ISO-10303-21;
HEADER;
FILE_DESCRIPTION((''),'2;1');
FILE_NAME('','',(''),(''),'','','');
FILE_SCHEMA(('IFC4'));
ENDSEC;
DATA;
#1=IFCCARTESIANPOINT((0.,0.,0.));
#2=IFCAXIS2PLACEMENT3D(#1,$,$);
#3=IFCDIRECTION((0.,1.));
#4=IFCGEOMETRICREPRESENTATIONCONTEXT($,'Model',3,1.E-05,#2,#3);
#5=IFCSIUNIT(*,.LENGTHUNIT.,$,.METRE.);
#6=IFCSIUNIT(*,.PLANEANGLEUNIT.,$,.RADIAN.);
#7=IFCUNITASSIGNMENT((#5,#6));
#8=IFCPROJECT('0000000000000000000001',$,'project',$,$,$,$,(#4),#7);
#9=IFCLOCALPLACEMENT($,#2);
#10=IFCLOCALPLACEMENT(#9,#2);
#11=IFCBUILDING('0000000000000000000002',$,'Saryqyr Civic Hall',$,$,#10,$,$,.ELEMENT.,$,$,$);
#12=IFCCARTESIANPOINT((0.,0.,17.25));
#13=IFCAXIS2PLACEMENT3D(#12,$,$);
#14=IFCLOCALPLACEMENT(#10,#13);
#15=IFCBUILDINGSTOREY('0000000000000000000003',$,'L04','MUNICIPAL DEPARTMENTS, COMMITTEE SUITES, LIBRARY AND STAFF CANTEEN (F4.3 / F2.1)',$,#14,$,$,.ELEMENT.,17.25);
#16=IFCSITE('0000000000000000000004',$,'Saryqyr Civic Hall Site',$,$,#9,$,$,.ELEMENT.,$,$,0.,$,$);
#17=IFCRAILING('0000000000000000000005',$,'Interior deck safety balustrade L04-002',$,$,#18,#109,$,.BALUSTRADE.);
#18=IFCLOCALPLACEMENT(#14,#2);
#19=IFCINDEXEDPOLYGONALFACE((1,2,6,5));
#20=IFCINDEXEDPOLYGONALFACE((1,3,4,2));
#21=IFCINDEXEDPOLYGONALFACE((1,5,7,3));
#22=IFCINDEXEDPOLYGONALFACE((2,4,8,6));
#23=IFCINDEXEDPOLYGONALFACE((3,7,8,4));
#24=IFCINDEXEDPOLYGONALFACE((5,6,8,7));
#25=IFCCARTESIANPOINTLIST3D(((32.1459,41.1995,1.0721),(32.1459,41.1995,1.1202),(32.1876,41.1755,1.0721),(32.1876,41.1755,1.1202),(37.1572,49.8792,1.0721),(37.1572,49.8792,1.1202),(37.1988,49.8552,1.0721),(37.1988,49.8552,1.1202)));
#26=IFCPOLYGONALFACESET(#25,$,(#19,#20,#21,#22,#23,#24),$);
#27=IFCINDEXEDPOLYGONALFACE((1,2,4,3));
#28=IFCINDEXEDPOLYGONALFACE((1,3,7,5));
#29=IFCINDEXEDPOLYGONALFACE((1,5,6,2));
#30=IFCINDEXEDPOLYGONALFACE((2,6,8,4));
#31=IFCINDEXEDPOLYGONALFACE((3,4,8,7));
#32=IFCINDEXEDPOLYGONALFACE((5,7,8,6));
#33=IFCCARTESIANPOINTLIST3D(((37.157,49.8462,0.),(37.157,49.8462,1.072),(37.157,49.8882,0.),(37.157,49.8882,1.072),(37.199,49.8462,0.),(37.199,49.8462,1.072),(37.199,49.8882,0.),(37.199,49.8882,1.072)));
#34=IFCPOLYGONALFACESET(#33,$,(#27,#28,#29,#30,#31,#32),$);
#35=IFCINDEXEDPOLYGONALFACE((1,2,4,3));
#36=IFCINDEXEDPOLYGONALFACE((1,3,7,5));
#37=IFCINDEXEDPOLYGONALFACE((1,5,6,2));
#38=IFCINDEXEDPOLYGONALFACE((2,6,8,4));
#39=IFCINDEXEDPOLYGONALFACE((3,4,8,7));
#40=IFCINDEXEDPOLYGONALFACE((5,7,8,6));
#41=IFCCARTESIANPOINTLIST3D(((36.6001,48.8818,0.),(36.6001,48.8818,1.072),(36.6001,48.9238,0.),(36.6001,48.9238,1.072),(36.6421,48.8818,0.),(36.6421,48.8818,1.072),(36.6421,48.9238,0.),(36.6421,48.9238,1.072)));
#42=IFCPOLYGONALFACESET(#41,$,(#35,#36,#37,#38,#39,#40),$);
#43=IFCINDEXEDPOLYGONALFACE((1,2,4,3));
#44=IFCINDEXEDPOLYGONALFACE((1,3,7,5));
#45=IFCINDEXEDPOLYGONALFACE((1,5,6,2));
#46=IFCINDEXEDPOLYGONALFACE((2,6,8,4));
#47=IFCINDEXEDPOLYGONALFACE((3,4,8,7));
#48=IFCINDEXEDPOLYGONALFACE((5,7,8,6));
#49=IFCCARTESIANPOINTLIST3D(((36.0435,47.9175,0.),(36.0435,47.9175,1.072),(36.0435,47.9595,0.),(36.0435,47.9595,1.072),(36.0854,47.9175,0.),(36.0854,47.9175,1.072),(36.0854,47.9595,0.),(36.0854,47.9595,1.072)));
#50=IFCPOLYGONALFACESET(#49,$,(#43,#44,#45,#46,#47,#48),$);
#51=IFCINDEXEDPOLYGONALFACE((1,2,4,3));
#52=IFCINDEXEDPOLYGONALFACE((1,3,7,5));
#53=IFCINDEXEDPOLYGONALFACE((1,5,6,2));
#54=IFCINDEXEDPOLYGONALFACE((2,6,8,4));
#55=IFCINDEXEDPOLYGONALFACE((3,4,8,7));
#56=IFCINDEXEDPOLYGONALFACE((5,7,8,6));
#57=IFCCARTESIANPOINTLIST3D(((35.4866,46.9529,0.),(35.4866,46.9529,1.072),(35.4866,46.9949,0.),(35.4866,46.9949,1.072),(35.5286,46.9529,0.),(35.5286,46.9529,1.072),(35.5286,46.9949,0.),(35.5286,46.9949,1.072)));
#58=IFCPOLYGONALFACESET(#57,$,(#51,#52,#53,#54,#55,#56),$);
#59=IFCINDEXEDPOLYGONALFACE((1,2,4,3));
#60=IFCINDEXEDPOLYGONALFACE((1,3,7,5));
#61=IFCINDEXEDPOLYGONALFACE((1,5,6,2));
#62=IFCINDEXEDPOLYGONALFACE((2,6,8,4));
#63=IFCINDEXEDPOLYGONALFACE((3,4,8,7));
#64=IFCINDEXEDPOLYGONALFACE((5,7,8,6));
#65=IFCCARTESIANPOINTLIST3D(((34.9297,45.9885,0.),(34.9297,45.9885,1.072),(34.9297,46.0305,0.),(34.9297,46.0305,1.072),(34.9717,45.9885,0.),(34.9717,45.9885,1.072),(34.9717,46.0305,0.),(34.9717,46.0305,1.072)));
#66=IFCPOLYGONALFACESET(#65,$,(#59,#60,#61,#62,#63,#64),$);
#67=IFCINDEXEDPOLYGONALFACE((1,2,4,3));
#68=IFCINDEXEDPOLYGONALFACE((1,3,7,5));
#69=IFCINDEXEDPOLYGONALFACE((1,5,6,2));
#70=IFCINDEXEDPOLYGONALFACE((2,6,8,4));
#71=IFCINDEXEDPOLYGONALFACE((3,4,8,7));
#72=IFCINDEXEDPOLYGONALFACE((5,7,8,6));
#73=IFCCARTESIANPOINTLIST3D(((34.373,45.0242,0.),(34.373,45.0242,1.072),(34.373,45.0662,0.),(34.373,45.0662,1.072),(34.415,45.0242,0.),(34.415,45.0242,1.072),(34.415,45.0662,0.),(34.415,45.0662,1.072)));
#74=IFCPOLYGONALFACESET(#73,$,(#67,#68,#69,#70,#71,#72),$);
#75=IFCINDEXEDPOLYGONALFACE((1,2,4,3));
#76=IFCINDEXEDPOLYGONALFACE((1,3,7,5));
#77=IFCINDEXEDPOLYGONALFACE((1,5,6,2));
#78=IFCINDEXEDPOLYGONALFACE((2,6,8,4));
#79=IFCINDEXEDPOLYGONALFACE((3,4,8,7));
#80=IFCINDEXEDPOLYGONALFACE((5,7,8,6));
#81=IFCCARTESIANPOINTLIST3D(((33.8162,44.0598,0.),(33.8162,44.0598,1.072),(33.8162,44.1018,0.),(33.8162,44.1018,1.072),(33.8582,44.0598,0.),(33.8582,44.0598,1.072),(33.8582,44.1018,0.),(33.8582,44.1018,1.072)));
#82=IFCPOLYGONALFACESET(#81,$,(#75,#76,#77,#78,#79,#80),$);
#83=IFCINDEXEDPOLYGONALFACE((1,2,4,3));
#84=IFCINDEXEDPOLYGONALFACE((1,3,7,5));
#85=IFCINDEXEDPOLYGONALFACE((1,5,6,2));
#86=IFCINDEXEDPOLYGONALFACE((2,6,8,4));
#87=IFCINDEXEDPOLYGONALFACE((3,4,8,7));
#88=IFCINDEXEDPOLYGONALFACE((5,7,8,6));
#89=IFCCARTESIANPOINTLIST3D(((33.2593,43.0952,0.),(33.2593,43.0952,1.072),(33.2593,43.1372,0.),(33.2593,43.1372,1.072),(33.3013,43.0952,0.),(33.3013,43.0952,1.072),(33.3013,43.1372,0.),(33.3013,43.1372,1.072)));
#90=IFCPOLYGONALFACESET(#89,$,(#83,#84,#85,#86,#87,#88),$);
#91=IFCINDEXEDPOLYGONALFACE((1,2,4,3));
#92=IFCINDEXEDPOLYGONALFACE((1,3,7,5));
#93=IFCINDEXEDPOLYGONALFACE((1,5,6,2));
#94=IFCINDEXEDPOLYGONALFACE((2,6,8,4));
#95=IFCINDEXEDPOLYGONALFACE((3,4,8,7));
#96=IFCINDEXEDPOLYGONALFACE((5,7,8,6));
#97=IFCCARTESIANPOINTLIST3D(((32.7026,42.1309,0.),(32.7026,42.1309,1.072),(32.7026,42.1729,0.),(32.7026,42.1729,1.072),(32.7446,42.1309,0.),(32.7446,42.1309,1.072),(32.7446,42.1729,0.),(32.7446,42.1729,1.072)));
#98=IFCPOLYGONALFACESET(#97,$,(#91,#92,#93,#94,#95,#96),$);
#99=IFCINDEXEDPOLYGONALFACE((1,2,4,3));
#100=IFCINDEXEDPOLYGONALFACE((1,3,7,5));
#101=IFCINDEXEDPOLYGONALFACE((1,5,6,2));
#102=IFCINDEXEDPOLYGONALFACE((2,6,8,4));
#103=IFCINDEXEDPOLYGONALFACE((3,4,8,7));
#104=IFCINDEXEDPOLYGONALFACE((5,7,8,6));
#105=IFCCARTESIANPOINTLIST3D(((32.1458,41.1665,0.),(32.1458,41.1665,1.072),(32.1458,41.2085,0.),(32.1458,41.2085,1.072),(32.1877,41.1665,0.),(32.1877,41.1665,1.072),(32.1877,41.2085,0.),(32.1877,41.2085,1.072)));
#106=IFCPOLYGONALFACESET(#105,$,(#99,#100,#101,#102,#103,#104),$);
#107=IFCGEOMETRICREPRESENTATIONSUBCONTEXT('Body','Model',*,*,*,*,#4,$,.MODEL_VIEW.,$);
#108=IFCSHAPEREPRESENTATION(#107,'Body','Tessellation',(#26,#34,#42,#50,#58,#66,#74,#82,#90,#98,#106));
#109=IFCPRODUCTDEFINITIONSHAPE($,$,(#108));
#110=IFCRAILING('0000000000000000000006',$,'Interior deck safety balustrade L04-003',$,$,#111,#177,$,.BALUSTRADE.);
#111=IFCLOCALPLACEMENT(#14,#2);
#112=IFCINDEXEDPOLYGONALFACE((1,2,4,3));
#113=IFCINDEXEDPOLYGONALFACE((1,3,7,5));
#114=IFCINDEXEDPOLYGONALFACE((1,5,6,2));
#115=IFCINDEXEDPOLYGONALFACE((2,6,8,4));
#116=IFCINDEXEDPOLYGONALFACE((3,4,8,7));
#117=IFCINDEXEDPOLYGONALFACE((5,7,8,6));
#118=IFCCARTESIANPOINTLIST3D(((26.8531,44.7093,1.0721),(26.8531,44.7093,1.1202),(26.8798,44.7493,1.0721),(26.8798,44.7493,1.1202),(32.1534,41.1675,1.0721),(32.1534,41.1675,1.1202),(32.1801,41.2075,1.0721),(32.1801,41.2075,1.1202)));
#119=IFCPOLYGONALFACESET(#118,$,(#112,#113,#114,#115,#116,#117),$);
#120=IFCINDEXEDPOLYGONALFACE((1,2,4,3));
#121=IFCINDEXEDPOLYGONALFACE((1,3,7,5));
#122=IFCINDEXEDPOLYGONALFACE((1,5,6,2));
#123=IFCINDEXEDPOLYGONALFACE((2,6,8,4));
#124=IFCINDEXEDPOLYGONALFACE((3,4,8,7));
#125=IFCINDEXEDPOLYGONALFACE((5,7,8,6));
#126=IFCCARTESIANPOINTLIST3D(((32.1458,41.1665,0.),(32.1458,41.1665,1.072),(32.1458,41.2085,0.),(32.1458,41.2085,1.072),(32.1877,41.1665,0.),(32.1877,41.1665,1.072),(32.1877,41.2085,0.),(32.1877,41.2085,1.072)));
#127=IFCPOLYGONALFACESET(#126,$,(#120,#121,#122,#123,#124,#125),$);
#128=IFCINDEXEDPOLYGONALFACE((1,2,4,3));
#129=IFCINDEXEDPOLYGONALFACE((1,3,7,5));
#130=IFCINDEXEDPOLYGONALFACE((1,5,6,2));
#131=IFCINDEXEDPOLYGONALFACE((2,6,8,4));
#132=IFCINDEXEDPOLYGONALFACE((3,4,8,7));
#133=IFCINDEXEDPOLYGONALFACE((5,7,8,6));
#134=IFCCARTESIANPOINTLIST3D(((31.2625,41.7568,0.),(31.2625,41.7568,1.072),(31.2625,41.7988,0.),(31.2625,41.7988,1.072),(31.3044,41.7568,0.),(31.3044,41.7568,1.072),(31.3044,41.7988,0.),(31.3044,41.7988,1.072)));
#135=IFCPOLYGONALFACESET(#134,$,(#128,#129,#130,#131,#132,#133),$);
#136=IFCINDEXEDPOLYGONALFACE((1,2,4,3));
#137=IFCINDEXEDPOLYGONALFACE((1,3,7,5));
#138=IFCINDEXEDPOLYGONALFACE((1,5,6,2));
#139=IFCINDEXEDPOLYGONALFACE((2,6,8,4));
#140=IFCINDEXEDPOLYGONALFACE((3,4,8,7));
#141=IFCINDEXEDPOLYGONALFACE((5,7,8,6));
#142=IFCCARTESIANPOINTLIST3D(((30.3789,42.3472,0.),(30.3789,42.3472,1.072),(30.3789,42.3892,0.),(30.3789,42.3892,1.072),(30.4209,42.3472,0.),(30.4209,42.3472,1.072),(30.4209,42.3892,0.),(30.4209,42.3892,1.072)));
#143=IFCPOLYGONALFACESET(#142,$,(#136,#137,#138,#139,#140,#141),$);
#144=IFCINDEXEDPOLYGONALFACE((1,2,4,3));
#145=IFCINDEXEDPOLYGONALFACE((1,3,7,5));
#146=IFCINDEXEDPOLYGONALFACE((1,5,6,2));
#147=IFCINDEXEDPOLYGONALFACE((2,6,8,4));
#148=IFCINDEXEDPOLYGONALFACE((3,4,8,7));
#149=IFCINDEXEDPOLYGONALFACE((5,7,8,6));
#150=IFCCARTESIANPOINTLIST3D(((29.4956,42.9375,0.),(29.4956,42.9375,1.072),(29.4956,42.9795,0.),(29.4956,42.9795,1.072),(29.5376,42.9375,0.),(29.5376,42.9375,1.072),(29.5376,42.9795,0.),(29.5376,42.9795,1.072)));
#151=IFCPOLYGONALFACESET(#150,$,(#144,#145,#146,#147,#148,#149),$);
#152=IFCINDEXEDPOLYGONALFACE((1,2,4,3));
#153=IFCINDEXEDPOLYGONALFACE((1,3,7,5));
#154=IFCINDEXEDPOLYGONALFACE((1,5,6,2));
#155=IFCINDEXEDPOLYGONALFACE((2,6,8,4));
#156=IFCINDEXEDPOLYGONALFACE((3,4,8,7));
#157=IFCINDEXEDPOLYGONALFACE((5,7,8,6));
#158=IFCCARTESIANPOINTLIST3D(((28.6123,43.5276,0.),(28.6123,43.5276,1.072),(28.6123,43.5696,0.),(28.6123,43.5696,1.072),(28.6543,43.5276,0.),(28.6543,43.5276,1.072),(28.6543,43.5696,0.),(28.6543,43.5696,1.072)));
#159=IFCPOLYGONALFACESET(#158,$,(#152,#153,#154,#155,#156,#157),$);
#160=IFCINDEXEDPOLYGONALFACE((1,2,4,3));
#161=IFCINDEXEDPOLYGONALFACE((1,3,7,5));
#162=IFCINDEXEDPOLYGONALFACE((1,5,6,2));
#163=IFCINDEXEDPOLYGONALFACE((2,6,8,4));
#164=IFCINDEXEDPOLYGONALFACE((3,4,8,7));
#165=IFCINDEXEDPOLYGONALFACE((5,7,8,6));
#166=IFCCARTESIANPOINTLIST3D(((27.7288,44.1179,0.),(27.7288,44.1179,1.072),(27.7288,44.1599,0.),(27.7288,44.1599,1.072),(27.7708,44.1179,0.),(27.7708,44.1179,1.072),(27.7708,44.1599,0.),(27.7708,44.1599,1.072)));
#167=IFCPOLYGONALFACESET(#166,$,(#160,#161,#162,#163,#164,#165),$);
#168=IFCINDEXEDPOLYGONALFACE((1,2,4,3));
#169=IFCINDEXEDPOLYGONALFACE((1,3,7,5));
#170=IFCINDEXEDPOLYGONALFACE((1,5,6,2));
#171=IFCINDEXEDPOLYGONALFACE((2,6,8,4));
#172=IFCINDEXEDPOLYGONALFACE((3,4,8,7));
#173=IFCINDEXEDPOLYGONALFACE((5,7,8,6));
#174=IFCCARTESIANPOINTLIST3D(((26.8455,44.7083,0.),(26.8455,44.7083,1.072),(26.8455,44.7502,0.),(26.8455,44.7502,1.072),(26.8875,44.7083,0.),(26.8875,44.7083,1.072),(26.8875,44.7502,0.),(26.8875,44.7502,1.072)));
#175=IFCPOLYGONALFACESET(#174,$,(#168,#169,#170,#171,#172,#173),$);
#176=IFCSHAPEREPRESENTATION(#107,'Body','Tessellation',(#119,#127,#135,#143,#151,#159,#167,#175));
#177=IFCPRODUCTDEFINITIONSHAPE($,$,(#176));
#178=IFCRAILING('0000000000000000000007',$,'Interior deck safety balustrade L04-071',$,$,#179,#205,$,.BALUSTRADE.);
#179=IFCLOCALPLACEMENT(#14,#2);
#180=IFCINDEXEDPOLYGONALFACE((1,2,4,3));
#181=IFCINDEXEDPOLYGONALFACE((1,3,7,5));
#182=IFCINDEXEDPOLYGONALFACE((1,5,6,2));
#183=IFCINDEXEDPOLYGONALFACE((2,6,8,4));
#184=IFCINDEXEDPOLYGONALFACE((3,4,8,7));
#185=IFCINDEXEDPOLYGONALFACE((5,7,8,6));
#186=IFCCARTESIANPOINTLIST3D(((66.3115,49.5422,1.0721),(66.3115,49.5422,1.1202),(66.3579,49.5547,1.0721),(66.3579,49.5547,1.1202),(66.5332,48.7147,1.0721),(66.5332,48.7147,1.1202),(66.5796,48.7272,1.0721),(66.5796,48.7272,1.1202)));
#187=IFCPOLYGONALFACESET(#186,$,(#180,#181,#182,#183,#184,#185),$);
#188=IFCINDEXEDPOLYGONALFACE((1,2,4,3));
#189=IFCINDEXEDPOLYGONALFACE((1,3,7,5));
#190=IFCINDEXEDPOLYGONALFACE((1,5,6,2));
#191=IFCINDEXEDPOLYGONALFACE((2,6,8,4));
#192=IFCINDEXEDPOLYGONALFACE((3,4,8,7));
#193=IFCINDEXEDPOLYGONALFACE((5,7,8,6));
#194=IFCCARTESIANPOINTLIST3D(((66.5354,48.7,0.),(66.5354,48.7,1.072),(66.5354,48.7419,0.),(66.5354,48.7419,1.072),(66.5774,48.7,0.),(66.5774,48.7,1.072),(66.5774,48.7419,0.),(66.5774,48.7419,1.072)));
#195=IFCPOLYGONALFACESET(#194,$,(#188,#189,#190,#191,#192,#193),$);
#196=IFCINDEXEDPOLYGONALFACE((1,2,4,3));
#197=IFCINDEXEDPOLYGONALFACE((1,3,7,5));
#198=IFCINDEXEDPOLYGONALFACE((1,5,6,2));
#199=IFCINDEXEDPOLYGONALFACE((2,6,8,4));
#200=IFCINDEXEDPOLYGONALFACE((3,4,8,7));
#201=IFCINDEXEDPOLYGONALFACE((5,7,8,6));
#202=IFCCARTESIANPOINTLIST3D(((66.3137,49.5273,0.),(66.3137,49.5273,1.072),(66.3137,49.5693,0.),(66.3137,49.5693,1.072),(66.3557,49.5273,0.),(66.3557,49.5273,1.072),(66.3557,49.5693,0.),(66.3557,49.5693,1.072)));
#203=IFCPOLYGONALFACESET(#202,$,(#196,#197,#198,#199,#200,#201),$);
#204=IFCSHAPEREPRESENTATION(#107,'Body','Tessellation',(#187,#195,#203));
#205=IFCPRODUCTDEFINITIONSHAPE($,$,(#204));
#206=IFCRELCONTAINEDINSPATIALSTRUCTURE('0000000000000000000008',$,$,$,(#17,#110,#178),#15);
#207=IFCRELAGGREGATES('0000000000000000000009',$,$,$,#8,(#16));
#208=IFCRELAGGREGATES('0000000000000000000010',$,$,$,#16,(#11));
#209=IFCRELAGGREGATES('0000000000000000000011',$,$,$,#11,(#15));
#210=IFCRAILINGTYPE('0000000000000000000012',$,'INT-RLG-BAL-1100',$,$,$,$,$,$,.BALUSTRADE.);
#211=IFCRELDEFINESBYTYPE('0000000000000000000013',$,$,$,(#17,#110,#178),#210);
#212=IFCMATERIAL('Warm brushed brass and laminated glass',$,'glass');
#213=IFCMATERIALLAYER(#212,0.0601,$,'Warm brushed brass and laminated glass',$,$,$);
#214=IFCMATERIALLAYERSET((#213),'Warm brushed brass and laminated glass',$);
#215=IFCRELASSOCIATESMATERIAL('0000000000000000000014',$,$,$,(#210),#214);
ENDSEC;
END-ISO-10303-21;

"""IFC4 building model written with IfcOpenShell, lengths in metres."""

from ifc_helpers import new_model, si_unit, direction, frame, origin, origin_2d, place, context, subcontext, project, spatial, rectangle, extrude, material, layer, layer_set, type_object, element, save


model = new_model("IFC4")

# Units and contexts
model_context = context("Model", 3, precision=1e-05, world=origin(), true_north=direction((0.0, 1.0)))
body_context = subcontext(model_context, "Body", "Model", "MODEL_VIEW")
ifc_project = project(units=[si_unit("LENGTHUNIT", "METRE"), si_unit("PLANEANGLEUNIT", "RADIAN")], contexts=[model_context])

# Site, building, storey
site_placement = place(None, origin())
site = spatial("IfcSite", under=ifc_project, at=site_placement, Name="Saryqyr Civic Hall Site", CompositionType="ELEMENT", RefElevation=0.0)
building_placement = place(site_placement, origin())
building = spatial("IfcBuilding", under=site, at=building_placement, Name="Saryqyr Civic Hall", CompositionType="ELEMENT")
storey_placement = place(building_placement, frame((0.0, 0.0, 17.25)))
storey = spatial("IfcBuildingStorey", under=building, at=storey_placement, Name="L04", Description="MUNICIPAL DEPARTMENTS, COMMITTEE SUITES, LIBRARY AND STAFF CANTEEN (F4.3 / F2.1)", CompositionType="ELEMENT", Elevation=17.25)

# Railings
ifc_material_1 = material(Name="Warm brushed brass and laminated glass", Category="glass")
ifc_layer_1 = layer(ifc_material_1, 0.0601, Name="Warm brushed brass and laminated glass")
ifc_layer_set_1 = layer_set([ifc_layer_1], Name="Warm brushed brass and laminated glass")
railing_type = type_object("IfcRailingType", Name="INT-RLG-BAL-1100", PredefinedType="BALUSTRADE", material=ifc_layer_set_1)
railing_1_placement = place(storey_placement, frame((37.178, 49.8672, 0.0)))
element("IfcRailing", 1, at=railing_1_placement, inside=storey, type_object=railing_type, Name="Interior deck safety balustrade L04-002", PredefinedType="BALUSTRADE", context=body_context, shape_type="SweptSolid", body=[
    extrude(rectangle(XDim=0.0481, YDim=0.0481, at=origin_2d()), frame((0.0, 0.0, 1.0962), z_axis=(-0.500001, -0.866025, 0.0), x_axis=(0.866025, -0.500001, 0.0)), (0.0, 0.0, 1.0), 10.0225),
    extrude(rectangle(XDim=0.042, YDim=0.042, at=origin_2d()), origin(), (0.0, 0.0, 1.0), 1.072),
    extrude(rectangle(XDim=0.042, YDim=0.042, at=origin_2d()), frame((-0.5569, -0.9644, 0.0)), (0.0, 0.0, 1.0), 1.072),
    extrude(rectangle(XDim=0.042, YDim=0.042, at=origin_2d()), frame((-1.1135, -1.9287, 0.0)), (0.0, 0.0, 1.0), 1.072),
    extrude(rectangle(XDim=0.042, YDim=0.042, at=origin_2d()), frame((-1.6704, -2.8933, 0.0)), (0.0, 0.0, 1.0), 1.072),
    extrude(rectangle(XDim=0.042, YDim=0.042, at=origin_2d()), frame((-2.2273, -3.8577, 0.0)), (0.0, 0.0, 1.0), 1.072),
    extrude(rectangle(XDim=0.042, YDim=0.042, at=origin_2d()), frame((-2.7839, -4.822, 0.0)), (0.0, 0.0, 1.0), 1.072),
    extrude(rectangle(XDim=0.042, YDim=0.042, at=origin_2d()), frame((-3.3408, -5.7864, 0.0)), (0.0, 0.0, 1.0), 1.072),
    extrude(rectangle(XDim=0.042, YDim=0.042, at=origin_2d()), frame((-3.8977, -6.751, 0.0)), (0.0, 0.0, 1.0), 1.072),
    extrude(rectangle(XDim=0.042, YDim=0.042, at=origin_2d()), frame((-4.4543, -7.7153, 0.0)), (0.0, 0.0, 1.0), 1.072),
    extrude(rectangle(XDim=0.042, YDim=0.042, at=origin_2d()), frame((-5.0112, -8.6797, 0.0)), (0.0, 0.0, 1.0), 1.072),
])
railing_2_placement = place(storey_placement, frame((32.1667, 41.1875, 0.0)))
element("IfcRailing", 2, at=railing_2_placement, inside=storey, type_object=railing_type, Name="Interior deck safety balustrade L04-003", PredefinedType="BALUSTRADE", context=body_context, shape_type="SweptSolid", body=[
    extrude(rectangle(XDim=0.0481, YDim=0.0481, at=origin_2d()), frame((0.0, 0.0, 1.0962), z_axis=(-0.831455, 0.555593, 0.0), x_axis=(-0.555593, -0.831455, 0.0)), (0.0, 0.0, 1.0), 6.3748),
    extrude(rectangle(XDim=0.042, YDim=0.042, at=origin_2d()), origin(), (0.0, 0.0, 1.0), 1.072),
    extrude(rectangle(XDim=0.042, YDim=0.042, at=origin_2d()), frame((-0.8833, 0.5903, 0.0)), (0.0, 0.0, 1.0), 1.072),
    extrude(rectangle(XDim=0.042, YDim=0.042, at=origin_2d()), frame((-1.7668, 1.1807, 0.0)), (0.0, 0.0, 1.0), 1.072),
    extrude(rectangle(XDim=0.042, YDim=0.042, at=origin_2d()), frame((-2.6501, 1.771, 0.0)), (0.0, 0.0, 1.0), 1.072),
    extrude(rectangle(XDim=0.042, YDim=0.042, at=origin_2d()), frame((-3.5334, 2.3611, 0.0)), (0.0, 0.0, 1.0), 1.072),
    extrude(rectangle(XDim=0.042, YDim=0.042, at=origin_2d()), frame((-4.417, 2.9514, 0.0)), (0.0, 0.0, 1.0), 1.072),
    extrude(rectangle(XDim=0.042, YDim=0.042, at=origin_2d()), frame((-5.3003, 3.5417, 0.0)), (0.0, 0.0, 1.0), 1.072),
])
railing_3_placement = place(storey_placement, frame((66.5564, 48.7209, 0.0)))
element("IfcRailing", 3, at=railing_3_placement, inside=storey, type_object=railing_type, Name="Interior deck safety balustrade L04-071", PredefinedType="BALUSTRADE", context=body_context, shape_type="SweptSolid", body=[
    extrude(rectangle(XDim=0.0481, YDim=0.0481, at=origin_2d()), frame((0.0, 0.0, 1.0962), z_axis=(-0.258798, 0.965932, 0.0), x_axis=(-0.965932, -0.258798, 0.0)), (0.0, 0.0, 1.0), 0.8567),
    extrude(rectangle(XDim=0.042, YDim=0.042, at=origin_2d()), origin(), (0.0, 0.0, 1.0), 1.072),
    extrude(rectangle(XDim=0.042, YDim=0.042, at=origin_2d()), frame((-0.2217, 0.8274, 0.0)), (0.0, 0.0, 1.0), 1.072),
])

save(model, "model.ifc")
